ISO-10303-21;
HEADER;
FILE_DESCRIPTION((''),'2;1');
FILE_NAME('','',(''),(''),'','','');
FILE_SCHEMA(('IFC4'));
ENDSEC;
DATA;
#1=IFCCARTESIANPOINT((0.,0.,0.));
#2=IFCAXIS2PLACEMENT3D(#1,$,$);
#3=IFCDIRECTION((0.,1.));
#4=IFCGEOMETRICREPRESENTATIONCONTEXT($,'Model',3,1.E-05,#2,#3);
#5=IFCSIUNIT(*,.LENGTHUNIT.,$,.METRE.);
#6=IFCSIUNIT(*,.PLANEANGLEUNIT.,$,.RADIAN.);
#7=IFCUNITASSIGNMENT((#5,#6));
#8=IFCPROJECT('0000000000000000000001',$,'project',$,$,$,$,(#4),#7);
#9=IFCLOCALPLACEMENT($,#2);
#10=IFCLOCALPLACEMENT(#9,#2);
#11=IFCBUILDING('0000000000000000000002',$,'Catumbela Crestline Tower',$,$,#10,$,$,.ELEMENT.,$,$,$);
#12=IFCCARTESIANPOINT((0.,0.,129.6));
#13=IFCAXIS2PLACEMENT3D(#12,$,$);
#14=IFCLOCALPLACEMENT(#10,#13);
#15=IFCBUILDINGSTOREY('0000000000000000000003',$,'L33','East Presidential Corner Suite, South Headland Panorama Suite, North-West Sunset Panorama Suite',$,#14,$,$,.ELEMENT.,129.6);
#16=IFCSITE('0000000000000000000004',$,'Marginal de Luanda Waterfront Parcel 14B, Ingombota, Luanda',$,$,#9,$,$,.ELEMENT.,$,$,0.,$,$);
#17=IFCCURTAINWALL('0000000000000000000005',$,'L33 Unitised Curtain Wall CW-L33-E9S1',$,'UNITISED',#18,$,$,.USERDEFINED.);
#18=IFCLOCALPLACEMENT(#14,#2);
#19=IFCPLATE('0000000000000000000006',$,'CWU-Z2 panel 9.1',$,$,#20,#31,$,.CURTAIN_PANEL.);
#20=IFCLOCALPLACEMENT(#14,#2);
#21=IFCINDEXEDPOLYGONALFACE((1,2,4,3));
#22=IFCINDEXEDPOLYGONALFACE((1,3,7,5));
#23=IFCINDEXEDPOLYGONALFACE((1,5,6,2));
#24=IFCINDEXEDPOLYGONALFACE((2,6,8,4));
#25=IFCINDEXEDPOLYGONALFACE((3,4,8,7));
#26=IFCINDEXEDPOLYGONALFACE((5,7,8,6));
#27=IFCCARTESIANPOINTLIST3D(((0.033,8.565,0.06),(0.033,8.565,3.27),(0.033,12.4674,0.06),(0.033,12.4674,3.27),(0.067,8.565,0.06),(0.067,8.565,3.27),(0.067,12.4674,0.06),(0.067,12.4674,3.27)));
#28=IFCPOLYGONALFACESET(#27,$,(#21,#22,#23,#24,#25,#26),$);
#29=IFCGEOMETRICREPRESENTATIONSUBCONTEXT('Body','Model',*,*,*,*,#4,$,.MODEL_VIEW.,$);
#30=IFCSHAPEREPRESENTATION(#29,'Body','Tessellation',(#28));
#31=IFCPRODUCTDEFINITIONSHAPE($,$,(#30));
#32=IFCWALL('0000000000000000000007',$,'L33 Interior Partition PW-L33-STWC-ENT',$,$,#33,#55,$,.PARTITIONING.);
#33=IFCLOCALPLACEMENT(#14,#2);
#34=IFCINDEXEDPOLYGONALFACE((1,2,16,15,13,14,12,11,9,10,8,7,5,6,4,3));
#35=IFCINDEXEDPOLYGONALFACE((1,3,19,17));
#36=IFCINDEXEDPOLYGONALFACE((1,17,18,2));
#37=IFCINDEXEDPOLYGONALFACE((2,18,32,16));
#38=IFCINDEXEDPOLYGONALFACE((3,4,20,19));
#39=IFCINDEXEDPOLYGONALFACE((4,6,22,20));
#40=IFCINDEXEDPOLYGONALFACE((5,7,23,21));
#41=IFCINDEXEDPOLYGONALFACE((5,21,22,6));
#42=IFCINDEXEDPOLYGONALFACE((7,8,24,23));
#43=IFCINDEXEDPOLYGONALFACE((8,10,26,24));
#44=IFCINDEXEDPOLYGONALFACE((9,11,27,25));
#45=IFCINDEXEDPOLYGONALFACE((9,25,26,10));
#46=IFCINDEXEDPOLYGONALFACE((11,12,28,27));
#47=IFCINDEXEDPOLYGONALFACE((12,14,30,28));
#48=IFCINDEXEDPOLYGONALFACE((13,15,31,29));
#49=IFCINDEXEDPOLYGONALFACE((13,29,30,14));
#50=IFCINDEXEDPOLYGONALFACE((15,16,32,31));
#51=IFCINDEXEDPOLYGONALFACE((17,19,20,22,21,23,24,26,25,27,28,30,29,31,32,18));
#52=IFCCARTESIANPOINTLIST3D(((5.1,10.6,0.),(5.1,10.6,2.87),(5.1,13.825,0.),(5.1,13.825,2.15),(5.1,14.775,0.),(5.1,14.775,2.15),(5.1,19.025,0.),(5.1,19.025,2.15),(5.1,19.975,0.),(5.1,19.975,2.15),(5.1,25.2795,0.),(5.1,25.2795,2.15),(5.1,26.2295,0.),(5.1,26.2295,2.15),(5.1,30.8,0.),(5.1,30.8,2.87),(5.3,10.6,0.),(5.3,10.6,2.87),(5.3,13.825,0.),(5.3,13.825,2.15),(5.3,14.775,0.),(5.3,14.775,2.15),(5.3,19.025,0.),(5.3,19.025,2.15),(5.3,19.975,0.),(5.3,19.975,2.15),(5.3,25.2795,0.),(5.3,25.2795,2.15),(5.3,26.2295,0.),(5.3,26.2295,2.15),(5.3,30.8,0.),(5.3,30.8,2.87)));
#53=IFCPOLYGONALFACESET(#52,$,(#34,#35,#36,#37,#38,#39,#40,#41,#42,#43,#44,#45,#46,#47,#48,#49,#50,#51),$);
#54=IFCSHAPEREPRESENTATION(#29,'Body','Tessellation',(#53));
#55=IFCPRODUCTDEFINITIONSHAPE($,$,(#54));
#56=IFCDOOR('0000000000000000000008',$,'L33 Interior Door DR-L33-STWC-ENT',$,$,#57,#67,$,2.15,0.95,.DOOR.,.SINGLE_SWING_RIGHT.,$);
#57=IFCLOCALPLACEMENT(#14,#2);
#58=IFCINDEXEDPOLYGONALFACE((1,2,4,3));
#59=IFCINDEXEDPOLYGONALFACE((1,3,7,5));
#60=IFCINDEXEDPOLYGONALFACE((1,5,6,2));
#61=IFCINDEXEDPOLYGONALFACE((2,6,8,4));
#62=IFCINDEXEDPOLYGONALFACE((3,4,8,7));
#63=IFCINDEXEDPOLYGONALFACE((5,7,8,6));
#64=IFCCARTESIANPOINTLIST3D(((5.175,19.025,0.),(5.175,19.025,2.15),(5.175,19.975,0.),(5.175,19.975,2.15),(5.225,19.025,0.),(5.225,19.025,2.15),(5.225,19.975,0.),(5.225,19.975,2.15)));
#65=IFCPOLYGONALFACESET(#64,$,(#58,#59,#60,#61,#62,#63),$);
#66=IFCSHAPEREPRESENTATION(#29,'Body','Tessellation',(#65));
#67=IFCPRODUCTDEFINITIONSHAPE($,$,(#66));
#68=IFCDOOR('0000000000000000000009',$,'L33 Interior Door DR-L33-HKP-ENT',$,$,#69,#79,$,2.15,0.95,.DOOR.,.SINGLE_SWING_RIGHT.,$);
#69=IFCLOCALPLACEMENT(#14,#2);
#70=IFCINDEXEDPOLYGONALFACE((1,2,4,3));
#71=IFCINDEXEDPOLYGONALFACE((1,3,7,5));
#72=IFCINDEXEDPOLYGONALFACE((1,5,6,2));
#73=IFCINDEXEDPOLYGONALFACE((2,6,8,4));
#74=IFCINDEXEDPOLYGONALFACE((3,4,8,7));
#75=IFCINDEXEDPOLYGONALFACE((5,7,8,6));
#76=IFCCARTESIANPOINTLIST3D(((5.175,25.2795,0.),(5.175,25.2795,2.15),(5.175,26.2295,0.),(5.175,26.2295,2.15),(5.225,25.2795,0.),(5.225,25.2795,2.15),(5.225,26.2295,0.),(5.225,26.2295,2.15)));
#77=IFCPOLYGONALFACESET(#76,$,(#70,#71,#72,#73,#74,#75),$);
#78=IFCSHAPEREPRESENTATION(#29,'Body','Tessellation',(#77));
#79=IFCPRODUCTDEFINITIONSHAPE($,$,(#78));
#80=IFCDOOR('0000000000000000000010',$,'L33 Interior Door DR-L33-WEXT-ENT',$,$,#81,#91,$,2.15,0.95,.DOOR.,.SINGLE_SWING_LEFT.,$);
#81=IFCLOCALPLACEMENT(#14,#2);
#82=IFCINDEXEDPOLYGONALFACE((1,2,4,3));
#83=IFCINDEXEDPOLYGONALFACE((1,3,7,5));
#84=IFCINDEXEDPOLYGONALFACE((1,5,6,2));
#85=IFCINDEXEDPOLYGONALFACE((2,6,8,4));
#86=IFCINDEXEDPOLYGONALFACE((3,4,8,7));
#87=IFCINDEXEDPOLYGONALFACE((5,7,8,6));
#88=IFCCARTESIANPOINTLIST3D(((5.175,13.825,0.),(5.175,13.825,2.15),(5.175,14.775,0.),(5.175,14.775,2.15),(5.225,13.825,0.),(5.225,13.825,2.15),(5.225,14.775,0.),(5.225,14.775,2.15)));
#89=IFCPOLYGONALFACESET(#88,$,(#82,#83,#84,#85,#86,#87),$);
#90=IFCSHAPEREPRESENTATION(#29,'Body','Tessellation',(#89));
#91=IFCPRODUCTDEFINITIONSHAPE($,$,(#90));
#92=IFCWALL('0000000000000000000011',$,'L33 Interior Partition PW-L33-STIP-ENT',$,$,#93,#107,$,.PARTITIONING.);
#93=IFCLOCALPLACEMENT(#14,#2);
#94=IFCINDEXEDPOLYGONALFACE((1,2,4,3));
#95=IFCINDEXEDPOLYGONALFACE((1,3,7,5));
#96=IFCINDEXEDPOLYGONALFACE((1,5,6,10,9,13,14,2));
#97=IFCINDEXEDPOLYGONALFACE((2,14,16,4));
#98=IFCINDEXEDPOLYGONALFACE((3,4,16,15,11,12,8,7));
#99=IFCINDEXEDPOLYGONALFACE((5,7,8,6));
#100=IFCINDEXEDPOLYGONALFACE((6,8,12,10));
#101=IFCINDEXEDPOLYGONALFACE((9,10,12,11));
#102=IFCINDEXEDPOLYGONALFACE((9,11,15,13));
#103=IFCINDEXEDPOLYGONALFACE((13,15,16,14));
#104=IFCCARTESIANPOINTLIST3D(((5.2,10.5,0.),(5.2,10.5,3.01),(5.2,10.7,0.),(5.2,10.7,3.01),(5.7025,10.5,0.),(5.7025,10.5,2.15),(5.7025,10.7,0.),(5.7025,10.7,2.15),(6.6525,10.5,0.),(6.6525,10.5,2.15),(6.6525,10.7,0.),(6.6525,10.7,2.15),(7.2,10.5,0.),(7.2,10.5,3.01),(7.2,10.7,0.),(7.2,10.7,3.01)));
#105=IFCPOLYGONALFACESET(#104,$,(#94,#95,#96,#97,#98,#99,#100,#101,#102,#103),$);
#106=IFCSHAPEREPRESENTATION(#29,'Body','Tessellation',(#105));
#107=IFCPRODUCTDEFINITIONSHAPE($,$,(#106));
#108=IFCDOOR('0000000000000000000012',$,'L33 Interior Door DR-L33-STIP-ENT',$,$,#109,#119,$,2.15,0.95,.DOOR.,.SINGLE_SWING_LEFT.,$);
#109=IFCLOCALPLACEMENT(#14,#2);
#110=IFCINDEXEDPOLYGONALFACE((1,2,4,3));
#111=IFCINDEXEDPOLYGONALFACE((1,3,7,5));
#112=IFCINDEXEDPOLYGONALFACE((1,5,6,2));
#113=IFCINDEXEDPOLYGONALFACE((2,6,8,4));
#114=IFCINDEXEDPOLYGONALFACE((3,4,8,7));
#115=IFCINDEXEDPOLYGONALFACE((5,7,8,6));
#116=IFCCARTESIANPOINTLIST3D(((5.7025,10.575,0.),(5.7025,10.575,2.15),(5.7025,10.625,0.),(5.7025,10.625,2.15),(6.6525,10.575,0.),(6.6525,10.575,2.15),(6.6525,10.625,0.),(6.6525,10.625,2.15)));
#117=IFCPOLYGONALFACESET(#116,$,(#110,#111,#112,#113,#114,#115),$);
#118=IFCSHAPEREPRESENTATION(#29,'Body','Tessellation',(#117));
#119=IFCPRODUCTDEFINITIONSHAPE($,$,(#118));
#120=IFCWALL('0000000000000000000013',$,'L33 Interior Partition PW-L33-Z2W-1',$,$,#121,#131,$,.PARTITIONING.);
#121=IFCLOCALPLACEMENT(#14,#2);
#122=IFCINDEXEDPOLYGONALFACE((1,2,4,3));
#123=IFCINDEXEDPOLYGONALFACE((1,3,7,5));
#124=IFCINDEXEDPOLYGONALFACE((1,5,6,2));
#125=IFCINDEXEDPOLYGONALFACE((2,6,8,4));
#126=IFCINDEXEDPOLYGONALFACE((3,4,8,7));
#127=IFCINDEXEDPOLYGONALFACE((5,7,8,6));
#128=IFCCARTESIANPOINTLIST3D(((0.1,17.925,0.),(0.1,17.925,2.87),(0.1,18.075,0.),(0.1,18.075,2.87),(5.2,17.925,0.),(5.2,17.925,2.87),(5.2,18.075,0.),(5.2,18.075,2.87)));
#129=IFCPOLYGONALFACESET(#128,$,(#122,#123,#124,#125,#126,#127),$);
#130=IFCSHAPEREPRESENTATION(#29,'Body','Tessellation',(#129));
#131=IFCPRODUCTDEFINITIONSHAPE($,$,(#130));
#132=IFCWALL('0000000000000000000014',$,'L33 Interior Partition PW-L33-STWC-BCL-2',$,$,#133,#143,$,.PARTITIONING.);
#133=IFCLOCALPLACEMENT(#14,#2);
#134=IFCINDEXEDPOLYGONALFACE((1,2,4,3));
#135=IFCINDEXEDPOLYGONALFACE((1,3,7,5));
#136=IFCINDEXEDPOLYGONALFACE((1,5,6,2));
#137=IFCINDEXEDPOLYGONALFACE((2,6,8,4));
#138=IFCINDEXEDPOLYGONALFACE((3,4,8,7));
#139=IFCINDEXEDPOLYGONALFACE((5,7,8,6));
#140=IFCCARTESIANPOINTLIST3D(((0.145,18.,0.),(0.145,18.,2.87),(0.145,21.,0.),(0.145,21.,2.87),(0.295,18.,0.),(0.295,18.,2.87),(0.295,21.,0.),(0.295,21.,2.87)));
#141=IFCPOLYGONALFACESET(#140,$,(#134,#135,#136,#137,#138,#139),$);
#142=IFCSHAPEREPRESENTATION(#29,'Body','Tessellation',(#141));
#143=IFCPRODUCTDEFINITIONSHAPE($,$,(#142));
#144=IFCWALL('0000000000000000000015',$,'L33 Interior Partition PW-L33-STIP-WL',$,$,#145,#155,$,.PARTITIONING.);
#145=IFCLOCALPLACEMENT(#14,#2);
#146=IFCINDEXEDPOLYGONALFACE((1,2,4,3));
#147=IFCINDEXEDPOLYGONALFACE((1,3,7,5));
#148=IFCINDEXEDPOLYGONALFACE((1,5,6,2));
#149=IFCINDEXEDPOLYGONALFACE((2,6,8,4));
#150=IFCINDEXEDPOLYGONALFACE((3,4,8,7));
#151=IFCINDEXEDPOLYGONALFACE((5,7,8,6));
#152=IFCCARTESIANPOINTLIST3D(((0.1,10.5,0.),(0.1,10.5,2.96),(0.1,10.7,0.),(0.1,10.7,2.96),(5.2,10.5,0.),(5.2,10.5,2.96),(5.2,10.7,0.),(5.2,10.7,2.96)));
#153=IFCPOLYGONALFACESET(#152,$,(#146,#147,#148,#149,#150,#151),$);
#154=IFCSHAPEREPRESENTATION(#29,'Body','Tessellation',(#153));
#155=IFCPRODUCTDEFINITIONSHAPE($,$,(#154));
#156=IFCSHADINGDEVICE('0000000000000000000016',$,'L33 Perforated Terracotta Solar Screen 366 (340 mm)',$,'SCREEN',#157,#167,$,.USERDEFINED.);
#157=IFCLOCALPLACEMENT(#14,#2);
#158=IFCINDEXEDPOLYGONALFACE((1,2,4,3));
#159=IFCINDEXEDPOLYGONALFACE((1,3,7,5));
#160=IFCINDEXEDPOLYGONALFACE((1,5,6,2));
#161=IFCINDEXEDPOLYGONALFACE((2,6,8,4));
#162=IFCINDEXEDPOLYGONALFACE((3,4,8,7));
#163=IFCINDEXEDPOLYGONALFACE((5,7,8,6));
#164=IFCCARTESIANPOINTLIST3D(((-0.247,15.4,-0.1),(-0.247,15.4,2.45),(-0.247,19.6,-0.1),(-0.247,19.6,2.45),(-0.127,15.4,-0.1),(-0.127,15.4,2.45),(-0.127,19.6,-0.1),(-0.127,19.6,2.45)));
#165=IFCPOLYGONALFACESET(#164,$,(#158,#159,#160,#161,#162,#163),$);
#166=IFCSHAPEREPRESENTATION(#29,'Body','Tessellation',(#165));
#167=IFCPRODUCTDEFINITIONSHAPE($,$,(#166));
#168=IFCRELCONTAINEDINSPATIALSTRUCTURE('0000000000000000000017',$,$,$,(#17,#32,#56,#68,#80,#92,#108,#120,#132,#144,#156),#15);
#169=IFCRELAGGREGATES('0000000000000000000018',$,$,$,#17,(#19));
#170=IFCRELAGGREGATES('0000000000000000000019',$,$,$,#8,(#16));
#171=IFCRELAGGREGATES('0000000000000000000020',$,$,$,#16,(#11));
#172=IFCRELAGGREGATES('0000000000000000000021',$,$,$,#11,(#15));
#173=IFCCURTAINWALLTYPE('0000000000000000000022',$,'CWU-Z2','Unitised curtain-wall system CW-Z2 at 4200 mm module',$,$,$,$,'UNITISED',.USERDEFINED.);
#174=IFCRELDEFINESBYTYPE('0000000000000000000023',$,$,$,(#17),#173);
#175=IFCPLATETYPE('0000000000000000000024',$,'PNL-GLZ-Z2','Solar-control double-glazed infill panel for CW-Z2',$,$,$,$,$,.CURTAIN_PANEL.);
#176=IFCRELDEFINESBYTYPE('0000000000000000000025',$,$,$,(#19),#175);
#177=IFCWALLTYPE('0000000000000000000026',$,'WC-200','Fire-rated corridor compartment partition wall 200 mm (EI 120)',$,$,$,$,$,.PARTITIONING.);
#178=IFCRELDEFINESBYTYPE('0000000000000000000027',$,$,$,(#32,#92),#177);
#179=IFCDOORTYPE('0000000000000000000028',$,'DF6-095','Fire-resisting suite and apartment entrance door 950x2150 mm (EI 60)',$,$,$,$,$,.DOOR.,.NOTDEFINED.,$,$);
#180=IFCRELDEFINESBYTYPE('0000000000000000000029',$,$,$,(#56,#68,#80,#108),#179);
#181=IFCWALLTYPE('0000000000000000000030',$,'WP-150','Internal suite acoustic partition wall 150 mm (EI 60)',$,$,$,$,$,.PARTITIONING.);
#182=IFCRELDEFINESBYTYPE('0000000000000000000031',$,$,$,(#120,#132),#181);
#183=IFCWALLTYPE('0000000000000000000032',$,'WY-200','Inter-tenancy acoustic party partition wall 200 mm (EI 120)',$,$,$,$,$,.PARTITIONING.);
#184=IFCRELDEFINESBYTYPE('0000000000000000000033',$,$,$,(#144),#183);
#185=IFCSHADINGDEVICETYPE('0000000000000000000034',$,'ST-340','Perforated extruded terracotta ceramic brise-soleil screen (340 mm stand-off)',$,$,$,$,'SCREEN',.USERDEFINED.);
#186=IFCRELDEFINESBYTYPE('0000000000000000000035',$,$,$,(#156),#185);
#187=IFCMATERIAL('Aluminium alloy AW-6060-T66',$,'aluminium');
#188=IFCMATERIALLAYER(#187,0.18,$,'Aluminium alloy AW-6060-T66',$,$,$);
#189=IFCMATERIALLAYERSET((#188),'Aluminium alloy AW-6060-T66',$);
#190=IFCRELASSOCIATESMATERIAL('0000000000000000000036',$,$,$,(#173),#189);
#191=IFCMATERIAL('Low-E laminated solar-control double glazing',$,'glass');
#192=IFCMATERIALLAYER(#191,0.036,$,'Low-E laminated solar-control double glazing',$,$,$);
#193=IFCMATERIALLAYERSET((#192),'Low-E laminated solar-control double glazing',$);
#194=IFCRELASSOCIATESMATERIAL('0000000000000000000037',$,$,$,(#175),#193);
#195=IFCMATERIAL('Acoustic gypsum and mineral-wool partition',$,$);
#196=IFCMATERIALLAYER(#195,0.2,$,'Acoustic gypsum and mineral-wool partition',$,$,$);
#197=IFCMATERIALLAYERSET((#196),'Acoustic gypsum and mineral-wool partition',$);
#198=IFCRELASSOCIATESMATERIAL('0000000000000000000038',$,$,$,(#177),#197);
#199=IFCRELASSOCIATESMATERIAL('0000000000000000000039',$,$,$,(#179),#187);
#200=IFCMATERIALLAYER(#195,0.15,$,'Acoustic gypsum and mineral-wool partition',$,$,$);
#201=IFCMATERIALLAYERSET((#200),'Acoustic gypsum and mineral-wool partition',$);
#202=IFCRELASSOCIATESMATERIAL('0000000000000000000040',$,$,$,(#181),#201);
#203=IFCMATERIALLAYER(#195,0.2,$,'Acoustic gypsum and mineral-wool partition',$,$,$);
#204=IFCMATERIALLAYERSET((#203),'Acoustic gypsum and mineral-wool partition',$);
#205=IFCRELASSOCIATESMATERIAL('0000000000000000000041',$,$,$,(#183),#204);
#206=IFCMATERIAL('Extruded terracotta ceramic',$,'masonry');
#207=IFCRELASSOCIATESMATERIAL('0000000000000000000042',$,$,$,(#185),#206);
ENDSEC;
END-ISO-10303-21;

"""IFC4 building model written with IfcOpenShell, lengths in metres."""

from ifc_helpers import new_model, si_unit, direction, frame, frame_2d, origin, origin_2d, place, context, subcontext, project, spatial, rectangle, extrude, material, layer, layer_set, type_object, element, fill, aggregate, save


model = new_model("IFC4")

# Units and contexts
model_context = context("Model", 3, precision=1e-05, world=origin(), true_north=direction((0.0, 1.0)))
body_context = subcontext(model_context, "Body", "Model", "MODEL_VIEW")
ifc_project = project(units=[si_unit("LENGTHUNIT", "METRE"), si_unit("PLANEANGLEUNIT", "RADIAN")], contexts=[model_context])

# Site, building, storey
site_placement = place(None, origin())
site = spatial("IfcSite", under=ifc_project, at=site_placement, Name="Marginal de Luanda Waterfront Parcel 14B, Ingombota, Luanda", CompositionType="ELEMENT", RefElevation=0.0)
building_placement = place(site_placement, origin())
building = spatial("IfcBuilding", under=site, at=building_placement, Name="Catumbela Crestline Tower", CompositionType="ELEMENT")
storey_placement = place(building_placement, frame((0.0, 0.0, 129.6)))
storey = spatial("IfcBuildingStorey", under=building, at=storey_placement, Name="L33", Description="East Presidential Corner Suite, South Headland Panorama Suite, North-West Sunset Panorama Suite", CompositionType="ELEMENT", Elevation=129.6)

# Curtain wall
ifc_material_1 = material(Name="Aluminium alloy AW-6060-T66", Category="aluminium")
ifc_layer_1 = layer(ifc_material_1, 0.18, Name="Aluminium alloy AW-6060-T66")
ifc_layer_set_1 = layer_set([ifc_layer_1], Name="Aluminium alloy AW-6060-T66")
curtain_wall_type = type_object("IfcCurtainWallType", Name="CWU-Z2", Description="Unitised curtain-wall system CW-Z2 at 4200 mm module", ElementType="UNITISED", PredefinedType="USERDEFINED", material=ifc_layer_set_1)
curtain_wall_placement = place(storey_placement, origin())
curtain_wall = element("IfcCurtainWall", 1, at=curtain_wall_placement, inside=storey, type_object=curtain_wall_type, Name="L33 Unitised Curtain Wall CW-L33-E9S1", ObjectType="UNITISED", PredefinedType="USERDEFINED")

# Plate
ifc_material_2 = material(Name="Low-E laminated solar-control double glazing", Category="glass")
ifc_layer_2 = layer(ifc_material_2, 0.036, Name="Low-E laminated solar-control double glazing")
ifc_layer_set_2 = layer_set([ifc_layer_2], Name="Low-E laminated solar-control double glazing")
plate_type = type_object("IfcPlateType", Name="PNL-GLZ-Z2", Description="Solar-control double-glazed infill panel for CW-Z2", PredefinedType="CURTAIN_PANEL", material=ifc_layer_set_2)
plate_1_placement = place(storey_placement, frame((0.05, 10.5162, 0.06), z_axis=(0.0, 0.0, 1.0), x_axis=(0.0, -1.0, 0.0)))
plate_1 = element("IfcPlate", 2, at=plate_1_placement, type_object=plate_type, Name="CWU-Z2 panel 9.1", PredefinedType="CURTAIN_PANEL", context=body_context, shape_type="SweptSolid", body=[
    extrude(rectangle(XDim=3.9025, YDim=0.034, at=origin_2d()), origin(), (0.0, 0.0, 1.0), 3.21),
])
aggregate(curtain_wall, [plate_1])

# Wall, openings, doors
ifc_material_3 = material(Name="Acoustic gypsum and mineral-wool partition")
ifc_layer_3 = layer(ifc_material_3, 0.2, Name="Acoustic gypsum and mineral-wool partition")
ifc_layer_set_3 = layer_set([ifc_layer_3], Name="Acoustic gypsum and mineral-wool partition")
wall_type_1 = type_object("IfcWallType", Name="WC-200", Description="Fire-rated corridor compartment partition wall 200 mm (EI 120)", PredefinedType="PARTITIONING", material=ifc_layer_set_3)
wall_1_placement = place(storey_placement, frame((5.2, 10.6, 0.0), z_axis=(0.0, 0.0, 1.0), x_axis=(0.0, 1.0, 0.0)))
wall_1 = element("IfcWall", 3, at=wall_1_placement, inside=storey, type_object=wall_type_1, Name="L33 Interior Partition PW-L33-STWC-ENT", PredefinedType="PARTITIONING", context=body_context, shape_type="SweptSolid", body=[
    extrude(rectangle(XDim=20.2, YDim=0.2, at=frame_2d((10.1, 0.0))), origin(), (0.0, 0.0, 1.0), 2.87),
])
opening_1_placement = place(wall_1_placement, frame((8.425, 0.0, 0.0)))
opening_1 = element("IfcOpeningElement", 4, at=opening_1_placement, cuts=wall_1, PredefinedType="OPENING", context=body_context, shape_type="SweptSolid", body=[
    extrude(rectangle(XDim=0.95, YDim=2.15, at=frame_2d((0.475, 1.075))), frame((0.0, 0.11, 0.0), z_axis=(0.0, -1.0, 0.0), x_axis=(1.0, 0.0, 0.0)), (0.0, 0.0, 1.0), 0.22),
])
opening_2_placement = place(wall_1_placement, frame((14.6795, 0.0, 0.0)))
opening_2 = element("IfcOpeningElement", 5, at=opening_2_placement, cuts=wall_1, PredefinedType="OPENING", context=body_context, shape_type="SweptSolid", body=[
    extrude(rectangle(XDim=0.95, YDim=2.15, at=frame_2d((0.475, 1.075))), frame((0.0, 0.11, 0.0), z_axis=(0.0, -1.0, 0.0), x_axis=(1.0, 0.0, 0.0)), (0.0, 0.0, 1.0), 0.22),
])
opening_3_placement = place(wall_1_placement, frame((3.225, 0.0, 0.0)))
opening_3 = element("IfcOpeningElement", 6, at=opening_3_placement, cuts=wall_1, PredefinedType="OPENING", context=body_context, shape_type="SweptSolid", body=[
    extrude(rectangle(XDim=0.95, YDim=2.15, at=frame_2d((0.475, 1.075))), frame((0.0, 0.11, 0.0), z_axis=(0.0, -1.0, 0.0), x_axis=(1.0, 0.0, 0.0)), (0.0, 0.0, 1.0), 0.22),
])
door_type = type_object("IfcDoorType", Name="DF6-095", Description="Fire-resisting suite and apartment entrance door 950x2150 mm (EI 60)", OperationType="NOTDEFINED", PredefinedType="DOOR", material=ifc_material_1)
door_1_placement = place(opening_1_placement, origin())
door_1 = element("IfcDoor", 7, at=door_1_placement, inside=storey, type_object=door_type, Name="L33 Interior Door DR-L33-STWC-ENT", OperationType="SINGLE_SWING_RIGHT", OverallHeight=2.15, OverallWidth=0.95, PredefinedType="DOOR", context=body_context, shape_type="SweptSolid", body=[
    extrude(rectangle(XDim=0.95, YDim=2.15, at=frame_2d((0.475, 1.075))), frame((0.0, 0.025, 0.0), z_axis=(0.0, -1.0, 0.0), x_axis=(1.0, 0.0, 0.0)), (0.0, 0.0, 1.0), 0.05),
])
fill(opening_1, door_1)
door_2_placement = place(opening_2_placement, origin())
door_2 = element("IfcDoor", 8, at=door_2_placement, inside=storey, type_object=door_type, Name="L33 Interior Door DR-L33-HKP-ENT", OperationType="SINGLE_SWING_RIGHT", OverallHeight=2.15, OverallWidth=0.95, PredefinedType="DOOR", context=body_context, shape_type="SweptSolid", body=[
    extrude(rectangle(XDim=0.95, YDim=2.15, at=frame_2d((0.475, 1.075))), frame((0.0, 0.025, 0.0), z_axis=(0.0, -1.0, 0.0), x_axis=(1.0, 0.0, 0.0)), (0.0, 0.0, 1.0), 0.05),
])
fill(opening_2, door_2)
door_3_placement = place(opening_3_placement, origin())
door_3 = element("IfcDoor", 9, at=door_3_placement, inside=storey, type_object=door_type, Name="L33 Interior Door DR-L33-WEXT-ENT", OperationType="SINGLE_SWING_LEFT", OverallHeight=2.15, OverallWidth=0.95, PredefinedType="DOOR", context=body_context, shape_type="SweptSolid", body=[
    extrude(rectangle(XDim=0.95, YDim=2.15, at=frame_2d((0.475, 1.075))), frame((0.0, 0.025, 0.0), z_axis=(0.0, -1.0, 0.0), x_axis=(1.0, 0.0, 0.0)), (0.0, 0.0, 1.0), 0.05),
])
fill(opening_3, door_3)

# Wall, opening, door
wall_2_placement = place(storey_placement, frame((5.2, 10.6, 0.0), z_axis=(0.0, 0.0, 1.0), x_axis=(1.0, 0.0, 0.0)))
wall_2 = element("IfcWall", 10, at=wall_2_placement, inside=storey, type_object=wall_type_1, Name="L33 Interior Partition PW-L33-STIP-ENT", PredefinedType="PARTITIONING", context=body_context, shape_type="SweptSolid", body=[
    extrude(rectangle(XDim=2.0, YDim=0.2, at=frame_2d((1.0, 0.0))), origin(), (0.0, 0.0, 1.0), 3.01),
])
opening_4_placement = place(wall_2_placement, frame((0.5025, 0.0, 0.0)))
opening_4 = element("IfcOpeningElement", 11, at=opening_4_placement, cuts=wall_2, PredefinedType="OPENING", context=body_context, shape_type="SweptSolid", body=[
    extrude(rectangle(XDim=0.95, YDim=2.15, at=frame_2d((0.475, 1.075))), frame((0.0, 0.11, 0.0), z_axis=(0.0, -1.0, 0.0), x_axis=(1.0, 0.0, 0.0)), (0.0, 0.0, 1.0), 0.22),
])
door_4_placement = place(opening_4_placement, origin())
door_4 = element("IfcDoor", 12, at=door_4_placement, inside=storey, type_object=door_type, Name="L33 Interior Door DR-L33-STIP-ENT", OperationType="SINGLE_SWING_LEFT", OverallHeight=2.15, OverallWidth=0.95, PredefinedType="DOOR", context=body_context, shape_type="SweptSolid", body=[
    extrude(rectangle(XDim=0.95, YDim=2.15, at=frame_2d((0.475, 1.075))), frame((0.0, 0.025, 0.0), z_axis=(0.0, -1.0, 0.0), x_axis=(1.0, 0.0, 0.0)), (0.0, 0.0, 1.0), 0.05),
])
fill(opening_4, door_4)

# Walls
ifc_layer_4 = layer(ifc_material_3, 0.15, Name="Acoustic gypsum and mineral-wool partition")
ifc_layer_set_4 = layer_set([ifc_layer_4], Name="Acoustic gypsum and mineral-wool partition")
wall_type_2 = type_object("IfcWallType", Name="WP-150", Description="Internal suite acoustic partition wall 150 mm (EI 60)", PredefinedType="PARTITIONING", material=ifc_layer_set_4)
wall_3_placement = place(storey_placement, frame((0.1, 18.0, 0.0), z_axis=(0.0, 0.0, 1.0), x_axis=(1.0, 0.0, 0.0)))
element("IfcWall", 13, at=wall_3_placement, inside=storey, type_object=wall_type_2, Name="L33 Interior Partition PW-L33-Z2W-1", PredefinedType="PARTITIONING", context=body_context, shape_type="SweptSolid", body=[
    extrude(rectangle(XDim=5.1, YDim=0.15, at=frame_2d((2.55, 0.0))), origin(), (0.0, 0.0, 1.0), 2.87),
])
wall_4_placement = place(storey_placement, frame((0.22, 18.0, 0.0), z_axis=(0.0, 0.0, 1.0), x_axis=(0.0, 1.0, 0.0)))
element("IfcWall", 14, at=wall_4_placement, inside=storey, type_object=wall_type_2, Name="L33 Interior Partition PW-L33-STWC-BCL-2", PredefinedType="PARTITIONING", context=body_context, shape_type="SweptSolid", body=[
    extrude(rectangle(XDim=3.0, YDim=0.15, at=frame_2d((1.5, 0.0))), origin(), (0.0, 0.0, 1.0), 2.87),
])
ifc_layer_5 = layer(ifc_material_3, 0.2, Name="Acoustic gypsum and mineral-wool partition")
ifc_layer_set_5 = layer_set([ifc_layer_5], Name="Acoustic gypsum and mineral-wool partition")
wall_type_3 = type_object("IfcWallType", Name="WY-200", Description="Inter-tenancy acoustic party partition wall 200 mm (EI 120)", PredefinedType="PARTITIONING", material=ifc_layer_set_5)
wall_5_placement = place(storey_placement, frame((0.1, 10.6, 0.0), z_axis=(0.0, 0.0, 1.0), x_axis=(1.0, 0.0, 0.0)))
element("IfcWall", 15, at=wall_5_placement, inside=storey, type_object=wall_type_3, Name="L33 Interior Partition PW-L33-STIP-WL", PredefinedType="PARTITIONING", context=body_context, shape_type="SweptSolid", body=[
    extrude(rectangle(XDim=5.1, YDim=0.2, at=frame_2d((2.55, 0.0))), origin(), (0.0, 0.0, 1.0), 2.96),
])

# Shading device
ifc_material_4 = material(Name="Extruded terracotta ceramic", Category="masonry")
shading_device_type = type_object("IfcShadingDeviceType", Name="ST-340", Description="Perforated extruded terracotta ceramic brise-soleil screen (340 mm stand-off)", ElementType="SCREEN", PredefinedType="USERDEFINED", material=ifc_material_4)
shading_device_placement = place(storey_placement, frame((-0.187, 17.5, -0.1), z_axis=(0.0, 0.0, 1.0), x_axis=(0.0, -1.0, 0.0)))
element("IfcShadingDevice", 16, at=shading_device_placement, inside=storey, type_object=shading_device_type, Name="L33 Perforated Terracotta Solar Screen 366 (340 mm)", ObjectType="SCREEN", PredefinedType="USERDEFINED", context=body_context, shape_type="SweptSolid", body=[
    extrude(rectangle(XDim=4.2, YDim=0.12, at=origin_2d()), origin(), (0.0, 0.0, 1.0), 2.55),
])

save(model, "model.ifc")
